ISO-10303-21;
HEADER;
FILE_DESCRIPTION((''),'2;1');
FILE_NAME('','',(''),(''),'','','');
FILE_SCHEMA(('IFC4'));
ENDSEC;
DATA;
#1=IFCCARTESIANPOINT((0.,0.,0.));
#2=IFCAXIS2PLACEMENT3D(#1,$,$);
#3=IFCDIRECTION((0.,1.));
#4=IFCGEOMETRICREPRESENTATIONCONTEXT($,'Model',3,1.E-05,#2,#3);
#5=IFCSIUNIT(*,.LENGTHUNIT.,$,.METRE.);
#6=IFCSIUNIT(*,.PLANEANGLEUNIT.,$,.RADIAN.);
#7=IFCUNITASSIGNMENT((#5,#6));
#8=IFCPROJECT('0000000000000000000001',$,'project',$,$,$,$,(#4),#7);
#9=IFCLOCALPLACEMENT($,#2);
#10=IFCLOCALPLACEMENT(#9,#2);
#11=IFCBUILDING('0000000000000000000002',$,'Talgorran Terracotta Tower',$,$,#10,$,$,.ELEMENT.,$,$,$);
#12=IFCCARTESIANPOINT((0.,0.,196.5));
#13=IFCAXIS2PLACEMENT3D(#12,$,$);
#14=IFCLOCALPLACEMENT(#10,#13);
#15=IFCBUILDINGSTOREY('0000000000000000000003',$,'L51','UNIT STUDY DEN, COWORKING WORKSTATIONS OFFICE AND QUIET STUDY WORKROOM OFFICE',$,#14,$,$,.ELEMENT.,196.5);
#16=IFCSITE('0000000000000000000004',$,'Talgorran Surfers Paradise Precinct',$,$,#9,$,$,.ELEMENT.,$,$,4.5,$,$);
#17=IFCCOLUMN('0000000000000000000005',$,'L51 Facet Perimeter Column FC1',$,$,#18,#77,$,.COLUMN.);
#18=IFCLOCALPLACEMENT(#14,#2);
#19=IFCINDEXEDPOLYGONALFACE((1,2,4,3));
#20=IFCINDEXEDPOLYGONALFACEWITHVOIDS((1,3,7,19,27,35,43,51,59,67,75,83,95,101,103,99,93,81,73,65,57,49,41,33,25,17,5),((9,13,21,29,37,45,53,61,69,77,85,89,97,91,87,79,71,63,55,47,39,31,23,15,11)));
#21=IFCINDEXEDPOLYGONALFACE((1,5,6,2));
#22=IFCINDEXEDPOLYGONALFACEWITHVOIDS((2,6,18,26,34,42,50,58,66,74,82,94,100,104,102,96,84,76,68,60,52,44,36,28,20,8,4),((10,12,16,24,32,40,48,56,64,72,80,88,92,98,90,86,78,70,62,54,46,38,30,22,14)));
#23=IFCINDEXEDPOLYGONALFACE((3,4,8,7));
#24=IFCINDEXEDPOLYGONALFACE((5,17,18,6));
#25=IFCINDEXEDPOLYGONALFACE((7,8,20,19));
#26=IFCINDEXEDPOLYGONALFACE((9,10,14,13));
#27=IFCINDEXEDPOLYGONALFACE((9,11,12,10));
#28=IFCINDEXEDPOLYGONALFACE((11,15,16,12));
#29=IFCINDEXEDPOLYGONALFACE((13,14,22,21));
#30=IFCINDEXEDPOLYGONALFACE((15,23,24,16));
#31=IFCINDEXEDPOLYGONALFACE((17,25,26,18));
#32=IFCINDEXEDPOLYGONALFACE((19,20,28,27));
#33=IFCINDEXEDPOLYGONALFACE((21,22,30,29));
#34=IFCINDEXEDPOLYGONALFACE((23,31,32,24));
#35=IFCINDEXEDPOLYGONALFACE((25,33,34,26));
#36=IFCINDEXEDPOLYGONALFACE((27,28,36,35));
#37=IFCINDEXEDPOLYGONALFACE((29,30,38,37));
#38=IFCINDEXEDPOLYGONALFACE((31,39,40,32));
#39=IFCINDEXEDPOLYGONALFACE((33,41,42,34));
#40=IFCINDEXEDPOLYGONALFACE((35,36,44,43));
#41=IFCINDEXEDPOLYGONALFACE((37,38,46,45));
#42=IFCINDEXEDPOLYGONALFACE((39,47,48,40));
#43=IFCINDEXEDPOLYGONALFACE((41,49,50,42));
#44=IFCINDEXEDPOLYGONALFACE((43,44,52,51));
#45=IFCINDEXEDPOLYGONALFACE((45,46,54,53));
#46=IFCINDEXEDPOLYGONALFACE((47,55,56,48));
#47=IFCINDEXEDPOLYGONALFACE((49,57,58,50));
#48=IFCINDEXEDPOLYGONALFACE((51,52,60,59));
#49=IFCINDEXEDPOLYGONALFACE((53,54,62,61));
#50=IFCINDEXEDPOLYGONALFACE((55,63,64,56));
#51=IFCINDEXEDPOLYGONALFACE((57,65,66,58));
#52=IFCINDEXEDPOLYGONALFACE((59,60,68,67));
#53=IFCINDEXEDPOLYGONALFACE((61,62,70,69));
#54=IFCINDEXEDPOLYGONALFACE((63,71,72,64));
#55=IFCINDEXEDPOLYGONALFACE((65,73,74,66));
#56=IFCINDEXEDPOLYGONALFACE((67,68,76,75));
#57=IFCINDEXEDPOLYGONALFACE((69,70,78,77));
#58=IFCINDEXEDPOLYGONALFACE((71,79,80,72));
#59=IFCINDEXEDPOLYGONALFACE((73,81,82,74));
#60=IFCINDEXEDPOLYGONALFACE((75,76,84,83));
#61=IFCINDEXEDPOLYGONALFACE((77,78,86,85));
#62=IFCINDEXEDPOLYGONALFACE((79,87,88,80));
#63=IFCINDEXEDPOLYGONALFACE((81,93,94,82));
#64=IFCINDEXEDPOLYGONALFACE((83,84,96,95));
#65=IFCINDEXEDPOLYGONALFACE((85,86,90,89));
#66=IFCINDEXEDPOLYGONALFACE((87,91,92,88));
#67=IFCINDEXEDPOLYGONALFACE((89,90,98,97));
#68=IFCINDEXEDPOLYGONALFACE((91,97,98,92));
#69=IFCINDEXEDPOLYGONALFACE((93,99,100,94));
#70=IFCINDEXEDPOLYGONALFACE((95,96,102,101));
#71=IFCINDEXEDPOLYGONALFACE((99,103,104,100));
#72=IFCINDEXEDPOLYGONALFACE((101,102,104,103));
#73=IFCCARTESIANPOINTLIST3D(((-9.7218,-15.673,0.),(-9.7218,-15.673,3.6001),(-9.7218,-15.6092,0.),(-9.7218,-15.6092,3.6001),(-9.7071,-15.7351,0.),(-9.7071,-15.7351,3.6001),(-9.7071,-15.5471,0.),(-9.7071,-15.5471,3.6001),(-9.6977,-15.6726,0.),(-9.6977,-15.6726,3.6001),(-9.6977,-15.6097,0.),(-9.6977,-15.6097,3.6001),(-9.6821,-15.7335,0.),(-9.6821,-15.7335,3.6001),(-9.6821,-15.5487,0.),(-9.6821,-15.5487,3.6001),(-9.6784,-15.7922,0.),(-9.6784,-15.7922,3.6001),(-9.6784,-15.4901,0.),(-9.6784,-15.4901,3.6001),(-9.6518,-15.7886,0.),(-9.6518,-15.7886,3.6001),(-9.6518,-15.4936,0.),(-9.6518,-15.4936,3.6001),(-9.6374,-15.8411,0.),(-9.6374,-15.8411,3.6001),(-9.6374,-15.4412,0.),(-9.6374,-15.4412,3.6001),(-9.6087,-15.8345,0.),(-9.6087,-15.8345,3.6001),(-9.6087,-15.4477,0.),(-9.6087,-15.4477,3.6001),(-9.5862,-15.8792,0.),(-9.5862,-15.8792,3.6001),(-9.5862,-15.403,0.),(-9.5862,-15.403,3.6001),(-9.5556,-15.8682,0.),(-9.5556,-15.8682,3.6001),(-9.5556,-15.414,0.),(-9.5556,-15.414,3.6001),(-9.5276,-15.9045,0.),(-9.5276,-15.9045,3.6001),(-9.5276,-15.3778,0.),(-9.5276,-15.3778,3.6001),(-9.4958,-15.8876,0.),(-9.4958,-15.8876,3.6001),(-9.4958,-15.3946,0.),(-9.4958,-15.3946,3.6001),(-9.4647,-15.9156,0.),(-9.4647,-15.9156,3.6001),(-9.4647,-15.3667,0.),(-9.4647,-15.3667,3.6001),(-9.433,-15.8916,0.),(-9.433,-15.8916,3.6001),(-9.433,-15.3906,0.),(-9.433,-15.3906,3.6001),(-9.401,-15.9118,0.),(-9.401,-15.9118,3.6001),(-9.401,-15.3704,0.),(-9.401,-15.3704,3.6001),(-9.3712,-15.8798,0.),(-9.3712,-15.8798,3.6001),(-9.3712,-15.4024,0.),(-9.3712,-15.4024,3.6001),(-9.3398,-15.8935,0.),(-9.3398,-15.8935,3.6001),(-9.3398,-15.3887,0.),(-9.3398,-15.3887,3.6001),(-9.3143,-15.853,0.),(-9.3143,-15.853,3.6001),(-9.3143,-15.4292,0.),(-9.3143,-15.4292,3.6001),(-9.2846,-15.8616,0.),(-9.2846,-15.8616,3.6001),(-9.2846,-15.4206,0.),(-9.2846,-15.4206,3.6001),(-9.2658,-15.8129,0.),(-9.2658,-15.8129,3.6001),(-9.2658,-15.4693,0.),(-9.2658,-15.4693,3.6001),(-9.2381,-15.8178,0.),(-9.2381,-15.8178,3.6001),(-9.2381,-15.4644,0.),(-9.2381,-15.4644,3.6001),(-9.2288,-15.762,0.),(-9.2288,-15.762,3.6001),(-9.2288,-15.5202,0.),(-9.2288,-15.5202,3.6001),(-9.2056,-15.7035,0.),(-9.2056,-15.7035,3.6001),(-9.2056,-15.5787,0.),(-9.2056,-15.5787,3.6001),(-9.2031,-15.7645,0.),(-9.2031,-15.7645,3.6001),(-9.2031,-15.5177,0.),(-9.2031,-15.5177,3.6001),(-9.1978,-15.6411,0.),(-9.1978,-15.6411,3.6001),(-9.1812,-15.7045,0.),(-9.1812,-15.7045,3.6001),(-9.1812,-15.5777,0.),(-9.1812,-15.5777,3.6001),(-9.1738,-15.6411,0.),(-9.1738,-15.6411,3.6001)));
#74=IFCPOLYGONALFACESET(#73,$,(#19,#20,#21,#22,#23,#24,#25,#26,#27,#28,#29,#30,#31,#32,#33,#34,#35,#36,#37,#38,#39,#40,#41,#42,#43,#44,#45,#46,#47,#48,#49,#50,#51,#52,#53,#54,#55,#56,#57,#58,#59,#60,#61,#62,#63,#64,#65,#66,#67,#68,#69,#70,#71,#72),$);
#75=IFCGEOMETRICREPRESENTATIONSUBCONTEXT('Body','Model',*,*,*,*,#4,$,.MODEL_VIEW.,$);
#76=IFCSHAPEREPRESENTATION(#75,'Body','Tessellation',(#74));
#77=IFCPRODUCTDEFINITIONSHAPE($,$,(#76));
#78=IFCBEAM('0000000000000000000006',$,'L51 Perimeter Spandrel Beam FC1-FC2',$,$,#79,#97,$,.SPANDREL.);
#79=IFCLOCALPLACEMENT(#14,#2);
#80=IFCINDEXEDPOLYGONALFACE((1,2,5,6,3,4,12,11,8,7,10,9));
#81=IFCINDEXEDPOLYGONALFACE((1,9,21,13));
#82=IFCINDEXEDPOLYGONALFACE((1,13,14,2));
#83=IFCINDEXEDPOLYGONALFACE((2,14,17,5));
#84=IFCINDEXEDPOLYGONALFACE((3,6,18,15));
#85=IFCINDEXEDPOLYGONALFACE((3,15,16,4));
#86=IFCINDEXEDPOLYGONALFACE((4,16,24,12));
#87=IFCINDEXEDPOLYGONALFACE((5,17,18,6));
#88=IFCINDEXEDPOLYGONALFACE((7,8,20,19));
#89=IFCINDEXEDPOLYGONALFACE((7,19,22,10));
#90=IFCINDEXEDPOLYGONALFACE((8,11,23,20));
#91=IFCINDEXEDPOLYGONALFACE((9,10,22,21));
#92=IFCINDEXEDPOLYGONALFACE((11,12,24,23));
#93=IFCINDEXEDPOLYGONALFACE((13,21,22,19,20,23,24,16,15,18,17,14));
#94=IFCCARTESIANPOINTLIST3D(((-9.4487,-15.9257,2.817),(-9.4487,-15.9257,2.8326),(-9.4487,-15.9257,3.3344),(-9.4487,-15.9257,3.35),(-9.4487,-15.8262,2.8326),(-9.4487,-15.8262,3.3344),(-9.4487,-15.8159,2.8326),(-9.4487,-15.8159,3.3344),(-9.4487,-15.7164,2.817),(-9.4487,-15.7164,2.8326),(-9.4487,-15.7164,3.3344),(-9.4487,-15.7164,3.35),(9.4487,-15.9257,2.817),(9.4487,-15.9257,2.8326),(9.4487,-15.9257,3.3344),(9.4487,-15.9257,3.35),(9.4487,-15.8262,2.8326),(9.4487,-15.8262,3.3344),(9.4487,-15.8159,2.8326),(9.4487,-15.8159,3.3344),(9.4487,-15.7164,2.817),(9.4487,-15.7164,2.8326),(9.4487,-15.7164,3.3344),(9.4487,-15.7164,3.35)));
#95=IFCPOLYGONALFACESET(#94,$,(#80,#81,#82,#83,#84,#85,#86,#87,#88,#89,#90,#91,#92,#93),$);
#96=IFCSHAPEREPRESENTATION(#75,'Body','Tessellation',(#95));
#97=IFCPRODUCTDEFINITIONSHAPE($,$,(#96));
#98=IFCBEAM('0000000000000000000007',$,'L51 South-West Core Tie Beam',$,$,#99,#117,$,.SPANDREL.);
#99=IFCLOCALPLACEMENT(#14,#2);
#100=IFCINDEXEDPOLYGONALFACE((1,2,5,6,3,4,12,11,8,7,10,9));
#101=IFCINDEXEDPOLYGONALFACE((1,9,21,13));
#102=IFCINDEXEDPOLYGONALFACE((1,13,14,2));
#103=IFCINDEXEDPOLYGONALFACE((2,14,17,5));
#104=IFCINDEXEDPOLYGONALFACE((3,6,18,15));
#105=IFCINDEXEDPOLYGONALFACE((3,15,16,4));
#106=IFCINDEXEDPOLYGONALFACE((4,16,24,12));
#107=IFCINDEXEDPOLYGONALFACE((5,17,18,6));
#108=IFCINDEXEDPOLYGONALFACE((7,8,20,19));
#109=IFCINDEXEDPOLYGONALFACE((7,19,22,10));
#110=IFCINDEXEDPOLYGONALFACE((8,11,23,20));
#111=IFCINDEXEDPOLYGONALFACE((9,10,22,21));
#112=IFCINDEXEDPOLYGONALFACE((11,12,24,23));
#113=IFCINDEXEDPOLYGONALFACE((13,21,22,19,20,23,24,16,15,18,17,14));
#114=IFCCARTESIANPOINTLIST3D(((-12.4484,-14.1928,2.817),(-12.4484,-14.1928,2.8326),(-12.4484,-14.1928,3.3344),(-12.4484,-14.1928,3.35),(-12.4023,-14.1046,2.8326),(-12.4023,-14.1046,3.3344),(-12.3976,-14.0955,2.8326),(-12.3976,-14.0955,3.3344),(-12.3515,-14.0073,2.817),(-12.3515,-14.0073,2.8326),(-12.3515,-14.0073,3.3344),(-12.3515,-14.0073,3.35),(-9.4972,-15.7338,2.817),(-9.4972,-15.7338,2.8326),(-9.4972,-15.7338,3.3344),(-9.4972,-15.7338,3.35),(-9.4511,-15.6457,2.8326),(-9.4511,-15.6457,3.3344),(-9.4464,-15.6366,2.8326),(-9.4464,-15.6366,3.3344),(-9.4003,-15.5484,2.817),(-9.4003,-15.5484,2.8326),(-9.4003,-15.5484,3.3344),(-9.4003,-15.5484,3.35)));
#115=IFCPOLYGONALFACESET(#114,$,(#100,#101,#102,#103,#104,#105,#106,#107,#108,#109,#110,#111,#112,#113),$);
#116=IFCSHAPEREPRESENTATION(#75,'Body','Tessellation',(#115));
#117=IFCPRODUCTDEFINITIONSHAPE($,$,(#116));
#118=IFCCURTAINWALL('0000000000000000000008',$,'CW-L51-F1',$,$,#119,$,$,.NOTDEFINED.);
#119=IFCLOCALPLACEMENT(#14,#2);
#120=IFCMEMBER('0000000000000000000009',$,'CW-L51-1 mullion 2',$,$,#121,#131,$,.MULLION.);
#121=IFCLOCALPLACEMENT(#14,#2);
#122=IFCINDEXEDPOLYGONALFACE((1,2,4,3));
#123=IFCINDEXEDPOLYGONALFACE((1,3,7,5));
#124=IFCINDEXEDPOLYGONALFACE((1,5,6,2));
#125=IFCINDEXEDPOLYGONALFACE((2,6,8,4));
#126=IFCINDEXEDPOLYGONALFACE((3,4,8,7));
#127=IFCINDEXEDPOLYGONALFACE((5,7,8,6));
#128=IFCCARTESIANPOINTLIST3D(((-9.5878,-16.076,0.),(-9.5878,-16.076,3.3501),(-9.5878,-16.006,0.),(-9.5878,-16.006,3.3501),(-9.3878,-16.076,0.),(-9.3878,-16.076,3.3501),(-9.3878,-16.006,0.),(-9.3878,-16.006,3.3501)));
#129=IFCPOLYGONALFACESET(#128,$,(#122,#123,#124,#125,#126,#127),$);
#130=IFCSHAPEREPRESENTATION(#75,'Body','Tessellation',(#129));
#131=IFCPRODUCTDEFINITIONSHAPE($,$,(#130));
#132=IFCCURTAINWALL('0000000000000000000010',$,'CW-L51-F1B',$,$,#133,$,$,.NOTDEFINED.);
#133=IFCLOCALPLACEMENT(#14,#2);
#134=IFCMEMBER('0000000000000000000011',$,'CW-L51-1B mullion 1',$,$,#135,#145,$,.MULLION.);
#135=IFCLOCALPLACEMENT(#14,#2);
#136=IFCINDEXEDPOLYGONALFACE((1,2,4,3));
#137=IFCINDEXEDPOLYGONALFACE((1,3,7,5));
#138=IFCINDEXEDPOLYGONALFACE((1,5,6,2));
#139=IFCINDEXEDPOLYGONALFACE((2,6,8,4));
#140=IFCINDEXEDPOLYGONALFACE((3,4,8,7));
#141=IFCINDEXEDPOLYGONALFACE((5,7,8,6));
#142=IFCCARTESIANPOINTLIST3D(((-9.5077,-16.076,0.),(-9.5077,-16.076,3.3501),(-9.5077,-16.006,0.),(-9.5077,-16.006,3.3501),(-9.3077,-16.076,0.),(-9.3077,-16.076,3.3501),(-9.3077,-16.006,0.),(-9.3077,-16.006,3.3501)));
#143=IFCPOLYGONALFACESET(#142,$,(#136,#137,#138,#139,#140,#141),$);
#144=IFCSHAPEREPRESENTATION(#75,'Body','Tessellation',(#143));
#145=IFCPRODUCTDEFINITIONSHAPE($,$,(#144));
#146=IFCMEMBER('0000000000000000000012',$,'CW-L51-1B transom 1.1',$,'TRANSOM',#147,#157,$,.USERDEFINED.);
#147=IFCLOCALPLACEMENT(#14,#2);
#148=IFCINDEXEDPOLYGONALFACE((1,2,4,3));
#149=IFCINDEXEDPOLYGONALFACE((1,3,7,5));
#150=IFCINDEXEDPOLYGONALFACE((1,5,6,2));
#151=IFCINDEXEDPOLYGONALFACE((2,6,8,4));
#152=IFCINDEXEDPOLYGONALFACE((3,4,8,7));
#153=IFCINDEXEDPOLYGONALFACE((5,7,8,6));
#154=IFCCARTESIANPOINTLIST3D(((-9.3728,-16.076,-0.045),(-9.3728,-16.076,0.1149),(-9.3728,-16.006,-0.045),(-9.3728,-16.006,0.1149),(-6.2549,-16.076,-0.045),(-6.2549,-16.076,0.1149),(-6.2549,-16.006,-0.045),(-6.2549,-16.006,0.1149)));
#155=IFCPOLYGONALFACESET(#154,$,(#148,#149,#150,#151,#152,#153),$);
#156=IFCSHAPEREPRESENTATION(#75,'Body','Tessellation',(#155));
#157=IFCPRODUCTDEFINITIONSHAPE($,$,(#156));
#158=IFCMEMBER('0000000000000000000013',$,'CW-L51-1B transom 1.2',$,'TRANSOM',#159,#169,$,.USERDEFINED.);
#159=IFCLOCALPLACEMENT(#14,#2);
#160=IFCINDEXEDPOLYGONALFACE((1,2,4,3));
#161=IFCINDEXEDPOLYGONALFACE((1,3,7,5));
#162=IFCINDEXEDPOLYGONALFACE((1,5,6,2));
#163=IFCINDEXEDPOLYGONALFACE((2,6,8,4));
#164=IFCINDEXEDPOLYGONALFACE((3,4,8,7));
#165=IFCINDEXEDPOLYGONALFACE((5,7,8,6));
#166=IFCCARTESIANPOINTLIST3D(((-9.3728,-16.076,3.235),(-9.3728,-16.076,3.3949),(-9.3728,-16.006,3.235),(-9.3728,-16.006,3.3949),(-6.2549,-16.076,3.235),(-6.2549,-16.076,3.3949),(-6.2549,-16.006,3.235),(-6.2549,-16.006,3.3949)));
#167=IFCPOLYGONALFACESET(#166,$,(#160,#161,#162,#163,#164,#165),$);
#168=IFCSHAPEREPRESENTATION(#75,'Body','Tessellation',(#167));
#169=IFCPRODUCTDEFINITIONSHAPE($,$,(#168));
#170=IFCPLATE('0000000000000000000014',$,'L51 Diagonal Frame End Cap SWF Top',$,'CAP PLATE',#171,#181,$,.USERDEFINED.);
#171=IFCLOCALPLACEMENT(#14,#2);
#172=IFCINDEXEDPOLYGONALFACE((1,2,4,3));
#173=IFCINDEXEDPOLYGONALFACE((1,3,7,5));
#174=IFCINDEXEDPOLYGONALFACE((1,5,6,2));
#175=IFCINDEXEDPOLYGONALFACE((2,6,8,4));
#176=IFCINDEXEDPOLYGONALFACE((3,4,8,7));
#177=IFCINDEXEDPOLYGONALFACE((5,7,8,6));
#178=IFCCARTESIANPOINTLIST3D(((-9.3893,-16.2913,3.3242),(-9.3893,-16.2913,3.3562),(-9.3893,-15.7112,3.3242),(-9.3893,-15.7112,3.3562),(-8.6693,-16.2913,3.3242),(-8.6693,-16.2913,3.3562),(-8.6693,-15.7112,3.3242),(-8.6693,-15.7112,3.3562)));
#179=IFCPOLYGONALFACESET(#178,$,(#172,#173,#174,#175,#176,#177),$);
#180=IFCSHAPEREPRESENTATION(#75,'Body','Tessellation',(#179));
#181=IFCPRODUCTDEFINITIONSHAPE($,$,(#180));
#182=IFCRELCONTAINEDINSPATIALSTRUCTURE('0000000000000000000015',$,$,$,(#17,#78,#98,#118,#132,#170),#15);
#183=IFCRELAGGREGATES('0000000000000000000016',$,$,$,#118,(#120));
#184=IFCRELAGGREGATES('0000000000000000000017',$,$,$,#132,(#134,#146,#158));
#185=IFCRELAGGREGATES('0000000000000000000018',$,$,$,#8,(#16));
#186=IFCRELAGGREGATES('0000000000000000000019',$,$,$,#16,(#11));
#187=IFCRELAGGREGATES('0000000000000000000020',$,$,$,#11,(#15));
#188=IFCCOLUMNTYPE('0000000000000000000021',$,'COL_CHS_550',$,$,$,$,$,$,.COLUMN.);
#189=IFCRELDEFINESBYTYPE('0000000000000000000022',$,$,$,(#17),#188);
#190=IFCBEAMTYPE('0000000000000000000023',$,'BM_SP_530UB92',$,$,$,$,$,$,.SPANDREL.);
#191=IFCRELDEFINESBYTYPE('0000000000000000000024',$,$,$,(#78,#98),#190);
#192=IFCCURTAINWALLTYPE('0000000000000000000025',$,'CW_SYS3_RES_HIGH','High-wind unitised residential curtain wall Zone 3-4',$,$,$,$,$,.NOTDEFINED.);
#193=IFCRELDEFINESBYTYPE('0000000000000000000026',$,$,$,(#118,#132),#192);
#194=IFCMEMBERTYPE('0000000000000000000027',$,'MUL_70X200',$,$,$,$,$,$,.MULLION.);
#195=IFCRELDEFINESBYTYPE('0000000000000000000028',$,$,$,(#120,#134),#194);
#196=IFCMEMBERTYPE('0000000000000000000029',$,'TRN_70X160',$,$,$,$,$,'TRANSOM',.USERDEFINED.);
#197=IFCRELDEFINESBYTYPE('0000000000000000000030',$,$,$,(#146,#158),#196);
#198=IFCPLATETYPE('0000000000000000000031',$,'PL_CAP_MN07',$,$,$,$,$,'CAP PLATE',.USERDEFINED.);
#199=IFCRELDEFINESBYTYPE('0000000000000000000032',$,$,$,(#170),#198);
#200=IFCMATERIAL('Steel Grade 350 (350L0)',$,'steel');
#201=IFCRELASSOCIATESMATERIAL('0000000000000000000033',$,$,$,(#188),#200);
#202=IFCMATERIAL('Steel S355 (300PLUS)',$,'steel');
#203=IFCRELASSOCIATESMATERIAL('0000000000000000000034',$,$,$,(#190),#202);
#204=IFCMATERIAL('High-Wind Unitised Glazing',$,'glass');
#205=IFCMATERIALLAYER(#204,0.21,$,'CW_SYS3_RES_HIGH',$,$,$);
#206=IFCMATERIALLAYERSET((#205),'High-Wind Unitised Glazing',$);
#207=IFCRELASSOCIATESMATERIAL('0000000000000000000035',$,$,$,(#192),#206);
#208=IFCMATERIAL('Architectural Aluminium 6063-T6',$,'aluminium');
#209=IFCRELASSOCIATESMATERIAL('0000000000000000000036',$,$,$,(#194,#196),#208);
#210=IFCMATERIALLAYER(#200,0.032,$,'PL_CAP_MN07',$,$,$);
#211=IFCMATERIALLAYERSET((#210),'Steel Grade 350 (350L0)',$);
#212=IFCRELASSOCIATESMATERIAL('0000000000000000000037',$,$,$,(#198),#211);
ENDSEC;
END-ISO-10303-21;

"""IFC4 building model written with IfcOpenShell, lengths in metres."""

from ifc_helpers import new_model, si_unit, direction, frame, origin, origin_2d, place, context, subcontext, project, spatial, rectangle, hollow_circle, i_section, extrude, material, layer, layer_set, material_profile, profile_set, type_object, element, aggregate, save


model = new_model("IFC4")

# Units and contexts
model_context = context("Model", 3, precision=1e-05, world=origin(), true_north=direction((0.0, 1.0)))
body_context = subcontext(model_context, "Body", "Model", "MODEL_VIEW")
ifc_project = project(units=[si_unit("LENGTHUNIT", "METRE"), si_unit("PLANEANGLEUNIT", "RADIAN")], contexts=[model_context])

# Site, building, storey
site_placement = place(None, origin())
site = spatial("IfcSite", under=ifc_project, at=site_placement, Name="Talgorran Surfers Paradise Precinct", CompositionType="ELEMENT", RefElevation=4.5)
building_placement = place(site_placement, origin())
building = spatial("IfcBuilding", under=site, at=building_placement, Name="Talgorran Terracotta Tower", CompositionType="ELEMENT")
storey_placement = place(building_placement, frame((0.0, 0.0, 196.5)))
storey = spatial("IfcBuildingStorey", under=building, at=storey_placement, Name="L51", Description="UNIT STUDY DEN, COWORKING WORKSTATIONS OFFICE AND QUIET STUDY WORKROOM OFFICE", CompositionType="ELEMENT", Elevation=196.5)

# Column
ifc_material_1 = material(Name="Steel Grade 350 (350L0)", Category="steel")
ifc_material_profile_1 = material_profile(ifc_material_1, hollow_circle(Radius=0.2749, WallThickness=0.0239, at=origin_2d()), Name="CHS550X24")
ifc_profile_set_1 = profile_set([ifc_material_profile_1], Name="Steel Grade 350 (350L0)")
column_type = type_object("IfcColumnType", Name="COL_CHS_550", PredefinedType="COLUMN", material=ifc_profile_set_1)
column_placement = place(storey_placement, frame((-9.4487, -15.6411, 0.0), z_axis=(0.0, 0.0, 1.0), x_axis=(1.0, 0.0, 0.0)))
element("IfcColumn", 1, at=column_placement, inside=storey, type_object=column_type, Name="L51 Facet Perimeter Column FC1", PredefinedType="COLUMN", context=body_context, shape_type="SweptSolid", body=[
    extrude(hollow_circle(Radius=0.2749, WallThickness=0.0239, at=origin_2d()), origin(), (0.0, 0.0, 1.0), 3.6001),
])

# Beams
ifc_material_2 = material(Name="Steel S355 (300PLUS)", Category="steel")
ifc_material_profile_2 = material_profile(ifc_material_2, i_section(OverallWidth=0.2092, OverallDepth=0.533, WebThickness=0.0103, FlangeThickness=0.0156, at=origin_2d()), Name="530UB92.4")
ifc_profile_set_2 = profile_set([ifc_material_profile_2], Name="Steel S355 (300PLUS)")
beam_type = type_object("IfcBeamType", Name="BM_SP_530UB92", PredefinedType="SPANDREL", material=ifc_profile_set_2)
beam_1_placement = place(storey_placement, frame((-9.4487, -15.821, 3.0835), z_axis=(1.0, 0.0, 0.0), x_axis=(0.0, 1.0, 0.0)))
element("IfcBeam", 2, at=beam_1_placement, inside=storey, type_object=beam_type, Name="L51 Perimeter Spandrel Beam FC1-FC2", PredefinedType="SPANDREL", context=body_context, shape_type="SweptSolid", body=[
    extrude(i_section(OverallWidth=0.2092, OverallDepth=0.533, WebThickness=0.0103, FlangeThickness=0.0156, at=origin_2d()), origin(), (0.0, 0.0, 1.0), 18.8975),
])
beam_2_placement = place(storey_placement, frame((-9.4487, -15.6411, 3.0835), z_axis=(-0.886428, 0.462867, 0.0), x_axis=(-0.462867, -0.886428, 0.0)))
element("IfcBeam", 3, at=beam_2_placement, inside=storey, type_object=beam_type, Name="L51 South-West Core Tie Beam", PredefinedType="SPANDREL", context=body_context, shape_type="SweptSolid", body=[
    extrude(i_section(OverallWidth=0.2092, OverallDepth=0.533, WebThickness=0.0103, FlangeThickness=0.0156, at=origin_2d()), origin(), (0.0, 0.0, 1.0), 3.3293),
])

# Curtain wall, member
ifc_material_3 = material(Name="High-Wind Unitised Glazing", Category="glass")
ifc_layer_1 = layer(ifc_material_3, 0.21, Name="CW_SYS3_RES_HIGH")
ifc_layer_set_1 = layer_set([ifc_layer_1], Name="High-Wind Unitised Glazing")
curtain_wall_type = type_object("IfcCurtainWallType", Name="CW_SYS3_RES_HIGH", Description="High-wind unitised residential curtain wall Zone 3-4", PredefinedType="NOTDEFINED", material=ifc_layer_set_1)
curtain_wall_1_placement = place(storey_placement, origin())
curtain_wall_1 = element("IfcCurtainWall", 4, at=curtain_wall_1_placement, inside=storey, type_object=curtain_wall_type, Name="CW-L51-F1", PredefinedType="NOTDEFINED")
ifc_material_4 = material(Name="Architectural Aluminium 6063-T6", Category="aluminium")
ifc_material_profile_3 = material_profile(ifc_material_4, rectangle(XDim=0.0701, YDim=0.2, at=origin_2d()), Name="CWM70X200")
ifc_profile_set_3 = profile_set([ifc_material_profile_3], Name="Architectural Aluminium 6063-T6")
member_type_1 = type_object("IfcMemberType", Name="MUL_70X200", PredefinedType="MULLION", material=ifc_profile_set_3)
member_1_placement = place(storey_placement, frame((-9.4878, -16.041, 0.0), z_axis=(0.0, 0.0, 1.0), x_axis=(0.0, 1.0, 0.0)))
member_1 = element("IfcMember", 5, at=member_1_placement, type_object=member_type_1, Name="CW-L51-1 mullion 2", PredefinedType="MULLION", context=body_context, shape_type="SweptSolid", body=[
    extrude(rectangle(XDim=0.0701, YDim=0.2, at=origin_2d()), origin(), (0.0, 0.0, 1.0), 3.3501),
])
aggregate(curtain_wall_1, [member_1])

# Curtain wall, members
curtain_wall_2_placement = place(storey_placement, origin())
curtain_wall_2 = element("IfcCurtainWall", 6, at=curtain_wall_2_placement, inside=storey, type_object=curtain_wall_type, Name="CW-L51-F1B", PredefinedType="NOTDEFINED")
member_2_placement = place(storey_placement, frame((-9.4077, -16.041, 0.0), z_axis=(0.0, 0.0, 1.0), x_axis=(0.0, 1.0, 0.0)))
member_2 = element("IfcMember", 7, at=member_2_placement, type_object=member_type_1, Name="CW-L51-1B mullion 1", PredefinedType="MULLION", context=body_context, shape_type="SweptSolid", body=[
    extrude(rectangle(XDim=0.0701, YDim=0.2, at=origin_2d()), origin(), (0.0, 0.0, 1.0), 3.3501),
])
ifc_material_profile_4 = material_profile(ifc_material_4, rectangle(XDim=0.0701, YDim=0.1599, at=origin_2d()), Name="CWT70X160")
ifc_profile_set_4 = profile_set([ifc_material_profile_4], Name="Architectural Aluminium 6063-T6")
member_type_2 = type_object("IfcMemberType", Name="TRN_70X160", ElementType="TRANSOM", PredefinedType="USERDEFINED", material=ifc_profile_set_4)
member_3_placement = place(storey_placement, frame((-9.3728, -16.041, 0.0349), z_axis=(1.0, 0.0, 0.0), x_axis=(0.0, 1.0, 0.0)))
member_3 = element("IfcMember", 8, at=member_3_placement, type_object=member_type_2, Name="CW-L51-1B transom 1.1", ObjectType="TRANSOM", PredefinedType="USERDEFINED", context=body_context, shape_type="SweptSolid", body=[
    extrude(rectangle(XDim=0.0701, YDim=0.1599, at=origin_2d()), origin(), (0.0, 0.0, 1.0), 3.1179),
])
member_4_placement = place(storey_placement, frame((-9.3728, -16.041, 3.3149), z_axis=(1.0, 0.0, 0.0), x_axis=(0.0, 1.0, 0.0)))
member_4 = element("IfcMember", 9, at=member_4_placement, type_object=member_type_2, Name="CW-L51-1B transom 1.2", ObjectType="TRANSOM", PredefinedType="USERDEFINED", context=body_context, shape_type="SweptSolid", body=[
    extrude(rectangle(XDim=0.0701, YDim=0.1599, at=origin_2d()), origin(), (0.0, 0.0, 1.0), 3.1179),
])
aggregate(curtain_wall_2, [member_2, member_3, member_4])

# Plate
ifc_layer_2 = layer(ifc_material_1, 0.032, Name="PL_CAP_MN07")
ifc_layer_set_2 = layer_set([ifc_layer_2], Name="Steel Grade 350 (350L0)")
plate_type = type_object("IfcPlateType", Name="PL_CAP_MN07", ElementType="CAP PLATE", PredefinedType="USERDEFINED", material=ifc_layer_set_2)
plate_placement = place(storey_placement, frame((-9.0293, -16.0012, 3.3242), z_axis=(0.0, 0.0, 1.0), x_axis=(-1.0, 0.0, 0.0)))
element("IfcPlate", 10, at=plate_placement, inside=storey, type_object=plate_type, Name="L51 Diagonal Frame End Cap SWF Top", ObjectType="CAP PLATE", PredefinedType="USERDEFINED", context=body_context, shape_type="SweptSolid", body=[
    extrude(rectangle(XDim=0.72, YDim=0.5801, at=origin_2d()), origin(), (0.0, 0.0, 1.0), 0.032),
])

save(model, "model.ifc")
